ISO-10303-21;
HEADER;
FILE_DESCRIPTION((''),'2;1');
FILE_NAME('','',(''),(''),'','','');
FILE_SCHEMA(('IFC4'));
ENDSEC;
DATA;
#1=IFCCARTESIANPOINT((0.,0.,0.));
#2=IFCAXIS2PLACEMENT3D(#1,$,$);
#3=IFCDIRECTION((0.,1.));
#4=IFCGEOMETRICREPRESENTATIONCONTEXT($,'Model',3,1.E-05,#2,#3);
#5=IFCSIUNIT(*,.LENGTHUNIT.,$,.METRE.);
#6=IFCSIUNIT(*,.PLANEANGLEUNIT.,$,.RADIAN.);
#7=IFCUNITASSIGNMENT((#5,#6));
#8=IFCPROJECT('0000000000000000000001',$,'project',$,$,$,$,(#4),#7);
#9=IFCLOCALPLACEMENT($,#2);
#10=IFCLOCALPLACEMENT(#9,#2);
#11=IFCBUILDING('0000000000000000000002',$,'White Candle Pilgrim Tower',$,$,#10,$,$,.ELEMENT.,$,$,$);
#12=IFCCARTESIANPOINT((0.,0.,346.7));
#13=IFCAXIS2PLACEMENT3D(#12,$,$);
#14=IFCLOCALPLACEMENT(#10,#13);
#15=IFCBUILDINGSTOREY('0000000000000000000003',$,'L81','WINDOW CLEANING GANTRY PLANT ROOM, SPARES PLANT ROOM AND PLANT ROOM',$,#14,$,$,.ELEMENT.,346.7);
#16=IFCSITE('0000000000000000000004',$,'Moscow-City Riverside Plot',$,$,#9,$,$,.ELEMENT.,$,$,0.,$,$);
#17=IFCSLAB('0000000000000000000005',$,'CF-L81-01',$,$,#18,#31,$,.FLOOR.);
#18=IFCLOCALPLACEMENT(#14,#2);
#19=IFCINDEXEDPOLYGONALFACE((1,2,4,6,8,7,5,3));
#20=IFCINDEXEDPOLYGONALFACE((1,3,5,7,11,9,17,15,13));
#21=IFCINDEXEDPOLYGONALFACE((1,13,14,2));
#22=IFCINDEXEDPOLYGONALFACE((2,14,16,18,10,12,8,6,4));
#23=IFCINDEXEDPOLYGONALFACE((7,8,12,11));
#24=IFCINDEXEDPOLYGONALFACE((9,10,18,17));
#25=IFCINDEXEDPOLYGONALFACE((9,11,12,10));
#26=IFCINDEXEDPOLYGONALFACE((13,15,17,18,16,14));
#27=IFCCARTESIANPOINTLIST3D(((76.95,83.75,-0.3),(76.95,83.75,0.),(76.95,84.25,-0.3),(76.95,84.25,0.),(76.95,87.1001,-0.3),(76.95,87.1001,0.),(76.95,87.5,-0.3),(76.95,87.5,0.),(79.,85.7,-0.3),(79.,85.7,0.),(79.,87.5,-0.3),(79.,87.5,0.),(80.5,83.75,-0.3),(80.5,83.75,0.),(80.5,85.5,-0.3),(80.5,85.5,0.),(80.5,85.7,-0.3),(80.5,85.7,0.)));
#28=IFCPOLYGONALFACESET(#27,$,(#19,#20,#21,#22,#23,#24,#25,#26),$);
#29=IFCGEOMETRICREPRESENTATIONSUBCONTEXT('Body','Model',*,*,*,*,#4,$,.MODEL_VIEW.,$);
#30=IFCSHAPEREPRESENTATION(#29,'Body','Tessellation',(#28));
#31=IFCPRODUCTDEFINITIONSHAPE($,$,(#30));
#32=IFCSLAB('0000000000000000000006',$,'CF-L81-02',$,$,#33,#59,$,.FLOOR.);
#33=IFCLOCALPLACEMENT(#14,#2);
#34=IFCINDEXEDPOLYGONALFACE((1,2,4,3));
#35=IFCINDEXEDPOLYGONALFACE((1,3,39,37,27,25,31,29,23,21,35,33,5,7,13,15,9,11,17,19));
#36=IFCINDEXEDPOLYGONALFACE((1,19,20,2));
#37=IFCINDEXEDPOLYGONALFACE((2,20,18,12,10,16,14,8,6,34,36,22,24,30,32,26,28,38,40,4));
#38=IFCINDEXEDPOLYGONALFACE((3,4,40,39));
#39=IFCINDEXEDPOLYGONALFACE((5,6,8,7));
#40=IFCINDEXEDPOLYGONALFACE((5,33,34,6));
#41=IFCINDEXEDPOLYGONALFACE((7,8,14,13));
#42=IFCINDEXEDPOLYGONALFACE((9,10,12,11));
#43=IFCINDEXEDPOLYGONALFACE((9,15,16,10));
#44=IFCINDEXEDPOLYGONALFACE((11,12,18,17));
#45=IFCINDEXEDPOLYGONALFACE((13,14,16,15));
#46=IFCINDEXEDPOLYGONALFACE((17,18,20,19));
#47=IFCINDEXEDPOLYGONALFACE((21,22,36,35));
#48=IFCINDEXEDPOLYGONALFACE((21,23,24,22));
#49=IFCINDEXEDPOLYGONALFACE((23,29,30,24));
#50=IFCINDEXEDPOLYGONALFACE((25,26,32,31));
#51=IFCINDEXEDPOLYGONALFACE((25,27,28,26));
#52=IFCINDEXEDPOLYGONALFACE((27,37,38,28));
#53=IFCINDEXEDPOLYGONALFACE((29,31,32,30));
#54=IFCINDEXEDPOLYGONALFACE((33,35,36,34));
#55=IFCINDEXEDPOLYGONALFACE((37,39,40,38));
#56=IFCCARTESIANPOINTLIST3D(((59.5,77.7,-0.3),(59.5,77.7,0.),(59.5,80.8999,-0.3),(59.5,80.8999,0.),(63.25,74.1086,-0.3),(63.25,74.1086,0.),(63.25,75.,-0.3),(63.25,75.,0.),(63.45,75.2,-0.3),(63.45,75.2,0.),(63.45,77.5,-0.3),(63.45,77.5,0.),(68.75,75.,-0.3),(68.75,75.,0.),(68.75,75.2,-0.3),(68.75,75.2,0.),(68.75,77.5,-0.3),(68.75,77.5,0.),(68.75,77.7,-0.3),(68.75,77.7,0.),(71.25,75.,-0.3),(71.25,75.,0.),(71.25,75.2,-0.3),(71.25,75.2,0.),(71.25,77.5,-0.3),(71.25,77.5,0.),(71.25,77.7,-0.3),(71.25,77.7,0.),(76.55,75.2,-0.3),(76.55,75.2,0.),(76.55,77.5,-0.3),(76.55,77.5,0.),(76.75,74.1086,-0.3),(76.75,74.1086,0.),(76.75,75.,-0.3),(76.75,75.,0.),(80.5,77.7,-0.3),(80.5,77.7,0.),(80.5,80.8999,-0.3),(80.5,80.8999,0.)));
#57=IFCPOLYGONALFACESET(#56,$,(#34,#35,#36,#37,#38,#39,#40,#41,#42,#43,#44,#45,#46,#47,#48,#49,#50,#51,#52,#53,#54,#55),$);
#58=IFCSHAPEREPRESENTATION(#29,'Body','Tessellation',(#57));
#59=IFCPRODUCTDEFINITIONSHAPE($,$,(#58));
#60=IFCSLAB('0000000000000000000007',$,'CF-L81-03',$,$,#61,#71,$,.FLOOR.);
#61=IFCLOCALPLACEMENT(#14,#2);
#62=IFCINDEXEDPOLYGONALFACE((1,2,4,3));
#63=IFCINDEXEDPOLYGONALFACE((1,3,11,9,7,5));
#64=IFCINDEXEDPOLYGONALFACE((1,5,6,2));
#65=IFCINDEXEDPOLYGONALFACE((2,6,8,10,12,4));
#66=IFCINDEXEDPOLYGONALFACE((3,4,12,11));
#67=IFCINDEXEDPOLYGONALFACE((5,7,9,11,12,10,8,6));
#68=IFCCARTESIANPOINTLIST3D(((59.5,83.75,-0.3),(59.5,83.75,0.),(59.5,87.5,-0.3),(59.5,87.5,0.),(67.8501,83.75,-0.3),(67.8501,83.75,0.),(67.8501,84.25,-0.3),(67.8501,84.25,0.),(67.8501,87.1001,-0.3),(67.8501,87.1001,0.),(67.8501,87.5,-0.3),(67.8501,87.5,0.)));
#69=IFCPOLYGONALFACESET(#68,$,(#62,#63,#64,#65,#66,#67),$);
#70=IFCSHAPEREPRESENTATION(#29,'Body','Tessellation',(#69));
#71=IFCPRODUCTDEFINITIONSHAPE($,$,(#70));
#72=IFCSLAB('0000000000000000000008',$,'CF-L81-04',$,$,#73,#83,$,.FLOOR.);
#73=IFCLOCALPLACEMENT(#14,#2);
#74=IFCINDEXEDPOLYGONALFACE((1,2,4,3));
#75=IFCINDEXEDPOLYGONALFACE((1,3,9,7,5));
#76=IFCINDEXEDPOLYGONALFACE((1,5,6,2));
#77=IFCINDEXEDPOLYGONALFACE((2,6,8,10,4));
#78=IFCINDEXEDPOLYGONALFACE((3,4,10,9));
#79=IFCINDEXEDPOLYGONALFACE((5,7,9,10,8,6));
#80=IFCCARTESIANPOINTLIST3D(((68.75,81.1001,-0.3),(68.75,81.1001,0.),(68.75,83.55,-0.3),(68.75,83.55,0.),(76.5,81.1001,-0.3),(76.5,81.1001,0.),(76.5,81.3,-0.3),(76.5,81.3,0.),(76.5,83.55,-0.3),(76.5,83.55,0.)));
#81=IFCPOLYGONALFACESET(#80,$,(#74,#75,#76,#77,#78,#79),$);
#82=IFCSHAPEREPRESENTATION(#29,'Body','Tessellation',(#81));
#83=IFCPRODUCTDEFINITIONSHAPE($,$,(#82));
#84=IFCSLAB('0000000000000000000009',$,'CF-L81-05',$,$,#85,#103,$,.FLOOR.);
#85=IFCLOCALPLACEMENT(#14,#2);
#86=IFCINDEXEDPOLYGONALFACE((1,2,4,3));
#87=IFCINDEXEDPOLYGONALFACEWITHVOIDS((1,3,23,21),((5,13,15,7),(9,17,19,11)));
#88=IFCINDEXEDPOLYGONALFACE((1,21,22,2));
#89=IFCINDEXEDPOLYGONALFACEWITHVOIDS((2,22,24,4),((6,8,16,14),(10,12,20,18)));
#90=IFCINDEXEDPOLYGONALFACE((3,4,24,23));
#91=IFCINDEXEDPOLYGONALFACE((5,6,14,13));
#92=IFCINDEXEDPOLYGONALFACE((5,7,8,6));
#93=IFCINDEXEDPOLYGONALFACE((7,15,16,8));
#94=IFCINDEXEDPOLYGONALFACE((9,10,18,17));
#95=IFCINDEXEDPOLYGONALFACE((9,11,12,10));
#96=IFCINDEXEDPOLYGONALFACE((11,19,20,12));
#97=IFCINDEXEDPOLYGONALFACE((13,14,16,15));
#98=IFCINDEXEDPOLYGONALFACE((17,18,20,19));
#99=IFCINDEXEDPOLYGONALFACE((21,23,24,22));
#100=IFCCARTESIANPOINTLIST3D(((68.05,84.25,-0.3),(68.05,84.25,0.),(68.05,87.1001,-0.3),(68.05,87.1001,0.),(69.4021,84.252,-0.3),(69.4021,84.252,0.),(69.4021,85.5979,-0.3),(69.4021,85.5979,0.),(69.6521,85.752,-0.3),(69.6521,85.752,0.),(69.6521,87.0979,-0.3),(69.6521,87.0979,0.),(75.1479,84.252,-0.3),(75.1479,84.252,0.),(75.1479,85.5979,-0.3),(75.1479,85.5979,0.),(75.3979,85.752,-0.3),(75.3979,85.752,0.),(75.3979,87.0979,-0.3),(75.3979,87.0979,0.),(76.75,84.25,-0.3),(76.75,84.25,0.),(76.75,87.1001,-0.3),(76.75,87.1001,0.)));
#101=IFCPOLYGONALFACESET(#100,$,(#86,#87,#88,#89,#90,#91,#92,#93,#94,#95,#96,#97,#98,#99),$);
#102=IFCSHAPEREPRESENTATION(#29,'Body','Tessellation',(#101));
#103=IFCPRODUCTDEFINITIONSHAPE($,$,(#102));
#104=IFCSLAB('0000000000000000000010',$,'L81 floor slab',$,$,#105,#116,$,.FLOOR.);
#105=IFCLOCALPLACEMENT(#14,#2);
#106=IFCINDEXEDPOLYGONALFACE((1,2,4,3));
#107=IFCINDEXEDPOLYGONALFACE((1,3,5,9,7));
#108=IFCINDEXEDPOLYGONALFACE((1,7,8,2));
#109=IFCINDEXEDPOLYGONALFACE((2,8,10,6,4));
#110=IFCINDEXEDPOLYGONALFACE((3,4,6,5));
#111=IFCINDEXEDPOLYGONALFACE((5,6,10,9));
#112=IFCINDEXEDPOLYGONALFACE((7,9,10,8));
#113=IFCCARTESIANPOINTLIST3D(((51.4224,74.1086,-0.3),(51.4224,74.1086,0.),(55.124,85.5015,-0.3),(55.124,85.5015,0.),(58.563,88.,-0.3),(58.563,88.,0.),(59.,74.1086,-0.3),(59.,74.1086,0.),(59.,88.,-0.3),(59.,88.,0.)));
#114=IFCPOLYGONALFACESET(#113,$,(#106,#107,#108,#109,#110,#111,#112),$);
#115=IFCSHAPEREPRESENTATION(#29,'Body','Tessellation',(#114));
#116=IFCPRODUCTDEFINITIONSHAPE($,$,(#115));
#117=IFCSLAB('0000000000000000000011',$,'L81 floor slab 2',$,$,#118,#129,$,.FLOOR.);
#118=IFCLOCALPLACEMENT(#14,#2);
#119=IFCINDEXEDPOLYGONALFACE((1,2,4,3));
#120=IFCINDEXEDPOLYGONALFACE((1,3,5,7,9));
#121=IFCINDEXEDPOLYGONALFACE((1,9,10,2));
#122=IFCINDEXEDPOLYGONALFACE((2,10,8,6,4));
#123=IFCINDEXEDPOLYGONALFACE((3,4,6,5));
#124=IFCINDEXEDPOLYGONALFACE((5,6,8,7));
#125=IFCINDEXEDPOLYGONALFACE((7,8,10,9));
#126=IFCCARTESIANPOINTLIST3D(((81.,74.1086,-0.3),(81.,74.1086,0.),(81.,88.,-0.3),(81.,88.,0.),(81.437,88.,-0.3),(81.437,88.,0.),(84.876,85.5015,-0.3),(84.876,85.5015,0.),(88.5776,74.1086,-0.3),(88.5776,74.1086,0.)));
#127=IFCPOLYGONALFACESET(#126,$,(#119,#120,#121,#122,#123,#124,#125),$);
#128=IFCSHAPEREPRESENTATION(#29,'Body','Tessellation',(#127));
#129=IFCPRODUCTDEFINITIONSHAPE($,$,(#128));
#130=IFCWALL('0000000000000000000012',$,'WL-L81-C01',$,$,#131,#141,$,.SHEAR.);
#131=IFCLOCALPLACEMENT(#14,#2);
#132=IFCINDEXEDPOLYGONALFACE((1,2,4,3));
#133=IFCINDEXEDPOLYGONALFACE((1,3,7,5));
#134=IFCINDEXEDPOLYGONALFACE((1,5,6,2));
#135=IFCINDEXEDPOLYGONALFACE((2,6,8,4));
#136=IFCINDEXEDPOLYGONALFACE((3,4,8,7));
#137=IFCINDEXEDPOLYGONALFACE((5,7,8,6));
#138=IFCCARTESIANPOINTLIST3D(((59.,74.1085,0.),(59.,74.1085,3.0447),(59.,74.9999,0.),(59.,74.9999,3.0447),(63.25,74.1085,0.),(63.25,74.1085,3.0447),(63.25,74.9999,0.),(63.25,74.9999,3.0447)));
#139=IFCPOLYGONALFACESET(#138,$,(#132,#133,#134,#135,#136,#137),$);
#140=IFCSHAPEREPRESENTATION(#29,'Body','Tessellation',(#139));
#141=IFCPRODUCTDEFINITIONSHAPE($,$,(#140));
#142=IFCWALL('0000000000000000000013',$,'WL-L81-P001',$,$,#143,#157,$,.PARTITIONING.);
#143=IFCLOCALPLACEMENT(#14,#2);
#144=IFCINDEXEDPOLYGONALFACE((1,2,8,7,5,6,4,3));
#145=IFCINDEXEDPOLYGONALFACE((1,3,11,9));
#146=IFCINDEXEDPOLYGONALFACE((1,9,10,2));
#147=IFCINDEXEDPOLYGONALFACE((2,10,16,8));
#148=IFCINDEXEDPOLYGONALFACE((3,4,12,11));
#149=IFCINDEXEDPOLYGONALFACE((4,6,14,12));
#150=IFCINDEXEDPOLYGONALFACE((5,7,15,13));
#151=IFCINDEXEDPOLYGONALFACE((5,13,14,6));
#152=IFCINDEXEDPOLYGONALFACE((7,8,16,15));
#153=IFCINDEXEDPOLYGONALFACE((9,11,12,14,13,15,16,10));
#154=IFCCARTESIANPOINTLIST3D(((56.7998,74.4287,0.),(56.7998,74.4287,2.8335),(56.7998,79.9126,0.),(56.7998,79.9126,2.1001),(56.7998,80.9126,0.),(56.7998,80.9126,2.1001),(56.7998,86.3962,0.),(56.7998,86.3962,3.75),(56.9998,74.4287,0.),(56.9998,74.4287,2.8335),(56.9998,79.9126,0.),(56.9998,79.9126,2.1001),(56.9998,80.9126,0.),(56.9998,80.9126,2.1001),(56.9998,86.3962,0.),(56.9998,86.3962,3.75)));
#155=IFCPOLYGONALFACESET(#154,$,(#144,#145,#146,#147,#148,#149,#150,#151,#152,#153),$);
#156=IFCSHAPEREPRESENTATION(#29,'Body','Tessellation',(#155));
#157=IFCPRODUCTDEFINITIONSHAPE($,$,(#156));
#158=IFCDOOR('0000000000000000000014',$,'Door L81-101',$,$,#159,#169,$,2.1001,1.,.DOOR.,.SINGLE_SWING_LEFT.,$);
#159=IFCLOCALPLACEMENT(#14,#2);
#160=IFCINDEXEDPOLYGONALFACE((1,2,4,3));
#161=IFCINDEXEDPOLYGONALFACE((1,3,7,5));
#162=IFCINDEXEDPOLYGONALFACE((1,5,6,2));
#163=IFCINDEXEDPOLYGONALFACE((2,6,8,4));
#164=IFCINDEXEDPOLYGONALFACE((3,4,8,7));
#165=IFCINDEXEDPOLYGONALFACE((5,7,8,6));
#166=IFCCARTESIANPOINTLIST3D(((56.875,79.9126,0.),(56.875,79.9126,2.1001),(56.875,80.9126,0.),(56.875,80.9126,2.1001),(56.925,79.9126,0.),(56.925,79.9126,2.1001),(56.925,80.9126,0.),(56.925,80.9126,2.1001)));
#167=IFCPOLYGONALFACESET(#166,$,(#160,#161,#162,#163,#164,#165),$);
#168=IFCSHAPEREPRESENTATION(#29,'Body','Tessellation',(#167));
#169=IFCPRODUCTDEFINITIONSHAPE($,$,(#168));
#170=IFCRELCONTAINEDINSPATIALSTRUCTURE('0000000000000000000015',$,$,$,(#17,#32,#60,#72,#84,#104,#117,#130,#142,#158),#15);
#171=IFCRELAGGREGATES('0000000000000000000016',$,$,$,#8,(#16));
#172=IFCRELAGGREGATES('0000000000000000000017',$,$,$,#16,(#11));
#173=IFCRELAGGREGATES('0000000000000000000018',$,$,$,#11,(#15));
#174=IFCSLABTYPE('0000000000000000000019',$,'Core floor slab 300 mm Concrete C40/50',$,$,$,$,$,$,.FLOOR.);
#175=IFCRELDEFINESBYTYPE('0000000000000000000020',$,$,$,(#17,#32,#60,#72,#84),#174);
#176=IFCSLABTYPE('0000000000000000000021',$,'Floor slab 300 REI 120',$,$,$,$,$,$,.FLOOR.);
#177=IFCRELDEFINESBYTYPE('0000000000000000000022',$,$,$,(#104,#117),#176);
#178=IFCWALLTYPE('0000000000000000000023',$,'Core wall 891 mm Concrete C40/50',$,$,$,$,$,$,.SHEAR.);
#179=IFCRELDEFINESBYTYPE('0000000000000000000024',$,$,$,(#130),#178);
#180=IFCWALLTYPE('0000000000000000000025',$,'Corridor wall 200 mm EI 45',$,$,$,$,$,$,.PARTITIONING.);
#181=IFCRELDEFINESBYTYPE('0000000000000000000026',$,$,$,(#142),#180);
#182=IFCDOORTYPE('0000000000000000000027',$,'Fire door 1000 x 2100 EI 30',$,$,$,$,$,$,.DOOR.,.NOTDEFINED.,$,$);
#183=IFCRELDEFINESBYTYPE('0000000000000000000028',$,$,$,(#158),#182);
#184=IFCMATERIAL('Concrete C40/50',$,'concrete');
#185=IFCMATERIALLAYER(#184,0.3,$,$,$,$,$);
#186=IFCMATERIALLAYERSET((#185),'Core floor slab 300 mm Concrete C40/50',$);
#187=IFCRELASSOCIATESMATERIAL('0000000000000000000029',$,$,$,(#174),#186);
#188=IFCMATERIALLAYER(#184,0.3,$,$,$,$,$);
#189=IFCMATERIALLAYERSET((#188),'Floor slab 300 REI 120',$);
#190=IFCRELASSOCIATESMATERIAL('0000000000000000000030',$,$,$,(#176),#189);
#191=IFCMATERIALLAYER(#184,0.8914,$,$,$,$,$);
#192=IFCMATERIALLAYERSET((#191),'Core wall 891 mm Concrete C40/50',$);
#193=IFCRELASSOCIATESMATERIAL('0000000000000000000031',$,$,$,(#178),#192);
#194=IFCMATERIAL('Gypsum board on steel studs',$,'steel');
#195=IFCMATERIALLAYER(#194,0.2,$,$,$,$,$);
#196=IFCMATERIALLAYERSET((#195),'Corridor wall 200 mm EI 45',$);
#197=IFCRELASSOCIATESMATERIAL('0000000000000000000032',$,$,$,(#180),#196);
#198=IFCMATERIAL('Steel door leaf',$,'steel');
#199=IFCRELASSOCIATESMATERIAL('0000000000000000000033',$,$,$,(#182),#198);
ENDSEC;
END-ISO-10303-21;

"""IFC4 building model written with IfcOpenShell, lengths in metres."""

from ifc_helpers import new_model, si_unit, direction, frame, frame_2d, origin, place, context, subcontext, project, spatial, polyline, rectangle, outline, extrude, material, layer, layer_set, type_object, element, fill, save


model = new_model("IFC4")

# Units and contexts
model_context = context("Model", 3, precision=1e-05, world=origin(), true_north=direction((0.0, 1.0)))
body_context = subcontext(model_context, "Body", "Model", "MODEL_VIEW")
ifc_project = project(units=[si_unit("LENGTHUNIT", "METRE"), si_unit("PLANEANGLEUNIT", "RADIAN")], contexts=[model_context])

# Site, building, storey
site_placement = place(None, origin())
site = spatial("IfcSite", under=ifc_project, at=site_placement, Name="Moscow-City Riverside Plot", CompositionType="ELEMENT", RefElevation=0.0)
building_placement = place(site_placement, origin())
building = spatial("IfcBuilding", under=site, at=building_placement, Name="White Candle Pilgrim Tower", CompositionType="ELEMENT")
storey_placement = place(building_placement, frame((0.0, 0.0, 346.7)))
storey = spatial("IfcBuildingStorey", under=building, at=storey_placement, Name="L81", Description="WINDOW CLEANING GANTRY PLANT ROOM, SPARES PLANT ROOM AND PLANT ROOM", CompositionType="ELEMENT", Elevation=346.7)

# Slabs
ifc_material_1 = material(Name="Concrete C40/50", Category="concrete")
ifc_layer_1 = layer(ifc_material_1, 0.3)
ifc_layer_set_1 = layer_set([ifc_layer_1], Name="Core floor slab 300 mm Concrete C40/50")
slab_type_1 = type_object("IfcSlabType", Name="Core floor slab 300 mm Concrete C40/50", PredefinedType="FLOOR", material=ifc_layer_set_1)
slab_1_placement = place(storey_placement, frame((0.0, 0.0, -0.3)))
element("IfcSlab", 1, at=slab_1_placement, inside=storey, type_object=slab_type_1, Name="CF-L81-01", PredefinedType="FLOOR", context=body_context, shape_type="SweptSolid", body=[
    extrude(outline(polyline([(80.5, 85.5), (80.5, 83.75), (76.95, 83.75), (76.95, 84.25), (76.95, 87.1001), (76.95, 87.5), (79.0, 87.5), (79.0, 85.7), (80.5, 85.7), (80.5, 85.5)])), origin(), (0.0, 0.0, 1.0), 0.3),
])
slab_2_placement = place(storey_placement, frame((0.0, 0.0, -0.3)))
element("IfcSlab", 2, at=slab_2_placement, inside=storey, type_object=slab_type_1, Name="CF-L81-02", PredefinedType="FLOOR", context=body_context, shape_type="SweptSolid", body=[
    extrude(outline(polyline([(80.5, 77.7), (71.25, 77.7), (71.25, 77.5), (76.55, 77.5), (76.55, 75.2), (71.25, 75.2), (71.25, 75.0), (76.75, 75.0), (76.75, 74.1086), (63.25, 74.1086), (63.25, 75.0), (68.75, 75.0), (68.75, 75.2), (63.45, 75.2), (63.45, 77.5), (68.75, 77.5), (68.75, 77.7), (59.5, 77.7), (59.5, 80.8999), (80.5, 80.8999), (80.5, 77.7)])), origin(), (0.0, 0.0, 1.0), 0.3),
])
slab_3_placement = place(storey_placement, frame((0.0, 0.0, -0.3)))
element("IfcSlab", 3, at=slab_3_placement, inside=storey, type_object=slab_type_1, Name="CF-L81-03", PredefinedType="FLOOR", context=body_context, shape_type="SweptSolid", body=[
    extrude(outline(polyline([(59.5, 87.5), (67.8501, 87.5), (67.8501, 87.1001), (67.8501, 84.25), (67.8501, 83.75), (59.5, 83.75), (59.5, 87.5)])), origin(), (0.0, 0.0, 1.0), 0.3),
])
slab_4_placement = place(storey_placement, frame((0.0, 0.0, -0.3)))
element("IfcSlab", 4, at=slab_4_placement, inside=storey, type_object=slab_type_1, Name="CF-L81-04", PredefinedType="FLOOR", context=body_context, shape_type="SweptSolid", body=[
    extrude(outline(polyline([(76.5, 83.55), (76.5, 81.3), (76.5, 81.1001), (68.75, 81.1001), (68.75, 83.55), (76.5, 83.55)])), origin(), (0.0, 0.0, 1.0), 0.3),
])
slab_5_placement = place(storey_placement, frame((0.0, 0.0, -0.3)))
element("IfcSlab", 5, at=slab_5_placement, inside=storey, type_object=slab_type_1, Name="CF-L81-05", PredefinedType="FLOOR", context=body_context, shape_type="SweptSolid", body=[
    extrude(outline(polyline([(68.05, 87.1001), (76.75, 87.1001), (76.75, 84.25), (68.05, 84.25), (68.05, 87.1001)]), holes=[polyline([(69.4021, 84.252), (75.1479, 84.252), (75.1479, 85.5979), (69.4021, 85.5979), (69.4021, 84.252)]), polyline([(69.6521, 85.752), (75.3979, 85.752), (75.3979, 87.0979), (69.6521, 87.0979), (69.6521, 85.752)])]), origin(), (0.0, 0.0, 1.0), 0.3),
])
ifc_layer_2 = layer(ifc_material_1, 0.3)
ifc_layer_set_2 = layer_set([ifc_layer_2], Name="Floor slab 300 REI 120")
slab_type_2 = type_object("IfcSlabType", Name="Floor slab 300 REI 120", PredefinedType="FLOOR", material=ifc_layer_set_2)
slab_6_placement = place(storey_placement, frame((0.0, 0.0, -0.3)))
element("IfcSlab", 6, at=slab_6_placement, inside=storey, type_object=slab_type_2, Name="L81 floor slab", PredefinedType="FLOOR", context=body_context, shape_type="SweptSolid", body=[
    extrude(outline(polyline([(51.4224, 74.1086), (59.0, 74.1086), (59.0, 88.0), (58.563, 88.0), (55.124, 85.5015), (51.4224, 74.1086)])), origin(), (0.0, 0.0, 1.0), 0.3),
])
slab_7_placement = place(storey_placement, frame((0.0, 0.0, -0.3)))
element("IfcSlab", 7, at=slab_7_placement, inside=storey, type_object=slab_type_2, Name="L81 floor slab 2", PredefinedType="FLOOR", context=body_context, shape_type="SweptSolid", body=[
    extrude(outline(polyline([(81.0, 74.1086), (88.5776, 74.1086), (84.876, 85.5015), (81.437, 88.0), (81.0, 88.0), (81.0, 74.1086)])), origin(), (0.0, 0.0, 1.0), 0.3),
])

# Wall
ifc_layer_3 = layer(ifc_material_1, 0.8914)
ifc_layer_set_3 = layer_set([ifc_layer_3], Name="Core wall 891 mm Concrete C40/50")
wall_type_1 = type_object("IfcWallType", Name="Core wall 891 mm Concrete C40/50", PredefinedType="SHEAR", material=ifc_layer_set_3)
wall_1_placement = place(storey_placement, frame((59.0, 74.5542, 0.0), z_axis=(0.0, 0.0, 1.0), x_axis=(1.0, 0.0, 0.0)))
element("IfcWall", 8, at=wall_1_placement, inside=storey, type_object=wall_type_1, Name="WL-L81-C01", PredefinedType="SHEAR", context=body_context, shape_type="SweptSolid", body=[
    extrude(rectangle(XDim=4.25, YDim=0.8914, at=frame_2d((2.125, 0.0))), origin(), (0.0, 0.0, 1.0), 3.0447),
])

# Wall, opening, door
ifc_material_2 = material(Name="Gypsum board on steel studs", Category="steel")
ifc_layer_4 = layer(ifc_material_2, 0.2)
ifc_layer_set_4 = layer_set([ifc_layer_4], Name="Corridor wall 200 mm EI 45")
wall_type_2 = type_object("IfcWallType", Name="Corridor wall 200 mm EI 45", PredefinedType="PARTITIONING", material=ifc_layer_set_4)
wall_2_placement = place(storey_placement, frame((56.8999, 74.4287, 0.0), z_axis=(0.0, 0.0, 1.0), x_axis=(0.0, 1.0, 0.0)))
wall_2 = element("IfcWall", 9, at=wall_2_placement, inside=storey, type_object=wall_type_2, Name="WL-L81-P001", PredefinedType="PARTITIONING", context=body_context, shape_type="SweptSolid", body=[
    extrude(outline(polyline([(0.0, 0.0), (11.9675, 0.0), (11.9675, 3.75), (0.0, 2.8335), (0.0, 0.0)])), frame((0.0, 0.1001, 0.0), z_axis=(0.0, -1.0, 0.0), x_axis=(1.0, 0.0, 0.0)), (0.0, 0.0, 1.0), 0.2),
])
opening_placement = place(wall_2_placement, frame((5.4839, 0.0, 0.0)))
opening = element("IfcOpeningElement", 10, at=opening_placement, cuts=wall_2, PredefinedType="OPENING", context=body_context, shape_type="SweptSolid", body=[
    extrude(rectangle(XDim=1.0, YDim=2.1001, at=frame_2d((0.5, 1.05))), frame((0.0, 0.1099, 0.0), z_axis=(0.0, -1.0, 0.0), x_axis=(1.0, 0.0, 0.0)), (0.0, 0.0, 1.0), 0.22),
])
ifc_material_3 = material(Name="Steel door leaf", Category="steel")
door_type = type_object("IfcDoorType", Name="Fire door 1000 x 2100 EI 30", OperationType="NOTDEFINED", PredefinedType="DOOR", material=ifc_material_3)
door_placement = place(opening_placement, origin())
door = element("IfcDoor", 11, at=door_placement, inside=storey, type_object=door_type, Name="Door L81-101", OperationType="SINGLE_SWING_LEFT", OverallHeight=2.1001, OverallWidth=1.0, PredefinedType="DOOR", context=body_context, shape_type="SweptSolid", body=[
    extrude(rectangle(XDim=1.0, YDim=2.1001, at=frame_2d((0.5, 1.05))), frame((0.0, 0.0249, 0.0), z_axis=(0.0, -1.0, 0.0), x_axis=(1.0, 0.0, 0.0)), (0.0, 0.0, 1.0), 0.05),
])
fill(opening, door)

save(model, "model.ifc")
